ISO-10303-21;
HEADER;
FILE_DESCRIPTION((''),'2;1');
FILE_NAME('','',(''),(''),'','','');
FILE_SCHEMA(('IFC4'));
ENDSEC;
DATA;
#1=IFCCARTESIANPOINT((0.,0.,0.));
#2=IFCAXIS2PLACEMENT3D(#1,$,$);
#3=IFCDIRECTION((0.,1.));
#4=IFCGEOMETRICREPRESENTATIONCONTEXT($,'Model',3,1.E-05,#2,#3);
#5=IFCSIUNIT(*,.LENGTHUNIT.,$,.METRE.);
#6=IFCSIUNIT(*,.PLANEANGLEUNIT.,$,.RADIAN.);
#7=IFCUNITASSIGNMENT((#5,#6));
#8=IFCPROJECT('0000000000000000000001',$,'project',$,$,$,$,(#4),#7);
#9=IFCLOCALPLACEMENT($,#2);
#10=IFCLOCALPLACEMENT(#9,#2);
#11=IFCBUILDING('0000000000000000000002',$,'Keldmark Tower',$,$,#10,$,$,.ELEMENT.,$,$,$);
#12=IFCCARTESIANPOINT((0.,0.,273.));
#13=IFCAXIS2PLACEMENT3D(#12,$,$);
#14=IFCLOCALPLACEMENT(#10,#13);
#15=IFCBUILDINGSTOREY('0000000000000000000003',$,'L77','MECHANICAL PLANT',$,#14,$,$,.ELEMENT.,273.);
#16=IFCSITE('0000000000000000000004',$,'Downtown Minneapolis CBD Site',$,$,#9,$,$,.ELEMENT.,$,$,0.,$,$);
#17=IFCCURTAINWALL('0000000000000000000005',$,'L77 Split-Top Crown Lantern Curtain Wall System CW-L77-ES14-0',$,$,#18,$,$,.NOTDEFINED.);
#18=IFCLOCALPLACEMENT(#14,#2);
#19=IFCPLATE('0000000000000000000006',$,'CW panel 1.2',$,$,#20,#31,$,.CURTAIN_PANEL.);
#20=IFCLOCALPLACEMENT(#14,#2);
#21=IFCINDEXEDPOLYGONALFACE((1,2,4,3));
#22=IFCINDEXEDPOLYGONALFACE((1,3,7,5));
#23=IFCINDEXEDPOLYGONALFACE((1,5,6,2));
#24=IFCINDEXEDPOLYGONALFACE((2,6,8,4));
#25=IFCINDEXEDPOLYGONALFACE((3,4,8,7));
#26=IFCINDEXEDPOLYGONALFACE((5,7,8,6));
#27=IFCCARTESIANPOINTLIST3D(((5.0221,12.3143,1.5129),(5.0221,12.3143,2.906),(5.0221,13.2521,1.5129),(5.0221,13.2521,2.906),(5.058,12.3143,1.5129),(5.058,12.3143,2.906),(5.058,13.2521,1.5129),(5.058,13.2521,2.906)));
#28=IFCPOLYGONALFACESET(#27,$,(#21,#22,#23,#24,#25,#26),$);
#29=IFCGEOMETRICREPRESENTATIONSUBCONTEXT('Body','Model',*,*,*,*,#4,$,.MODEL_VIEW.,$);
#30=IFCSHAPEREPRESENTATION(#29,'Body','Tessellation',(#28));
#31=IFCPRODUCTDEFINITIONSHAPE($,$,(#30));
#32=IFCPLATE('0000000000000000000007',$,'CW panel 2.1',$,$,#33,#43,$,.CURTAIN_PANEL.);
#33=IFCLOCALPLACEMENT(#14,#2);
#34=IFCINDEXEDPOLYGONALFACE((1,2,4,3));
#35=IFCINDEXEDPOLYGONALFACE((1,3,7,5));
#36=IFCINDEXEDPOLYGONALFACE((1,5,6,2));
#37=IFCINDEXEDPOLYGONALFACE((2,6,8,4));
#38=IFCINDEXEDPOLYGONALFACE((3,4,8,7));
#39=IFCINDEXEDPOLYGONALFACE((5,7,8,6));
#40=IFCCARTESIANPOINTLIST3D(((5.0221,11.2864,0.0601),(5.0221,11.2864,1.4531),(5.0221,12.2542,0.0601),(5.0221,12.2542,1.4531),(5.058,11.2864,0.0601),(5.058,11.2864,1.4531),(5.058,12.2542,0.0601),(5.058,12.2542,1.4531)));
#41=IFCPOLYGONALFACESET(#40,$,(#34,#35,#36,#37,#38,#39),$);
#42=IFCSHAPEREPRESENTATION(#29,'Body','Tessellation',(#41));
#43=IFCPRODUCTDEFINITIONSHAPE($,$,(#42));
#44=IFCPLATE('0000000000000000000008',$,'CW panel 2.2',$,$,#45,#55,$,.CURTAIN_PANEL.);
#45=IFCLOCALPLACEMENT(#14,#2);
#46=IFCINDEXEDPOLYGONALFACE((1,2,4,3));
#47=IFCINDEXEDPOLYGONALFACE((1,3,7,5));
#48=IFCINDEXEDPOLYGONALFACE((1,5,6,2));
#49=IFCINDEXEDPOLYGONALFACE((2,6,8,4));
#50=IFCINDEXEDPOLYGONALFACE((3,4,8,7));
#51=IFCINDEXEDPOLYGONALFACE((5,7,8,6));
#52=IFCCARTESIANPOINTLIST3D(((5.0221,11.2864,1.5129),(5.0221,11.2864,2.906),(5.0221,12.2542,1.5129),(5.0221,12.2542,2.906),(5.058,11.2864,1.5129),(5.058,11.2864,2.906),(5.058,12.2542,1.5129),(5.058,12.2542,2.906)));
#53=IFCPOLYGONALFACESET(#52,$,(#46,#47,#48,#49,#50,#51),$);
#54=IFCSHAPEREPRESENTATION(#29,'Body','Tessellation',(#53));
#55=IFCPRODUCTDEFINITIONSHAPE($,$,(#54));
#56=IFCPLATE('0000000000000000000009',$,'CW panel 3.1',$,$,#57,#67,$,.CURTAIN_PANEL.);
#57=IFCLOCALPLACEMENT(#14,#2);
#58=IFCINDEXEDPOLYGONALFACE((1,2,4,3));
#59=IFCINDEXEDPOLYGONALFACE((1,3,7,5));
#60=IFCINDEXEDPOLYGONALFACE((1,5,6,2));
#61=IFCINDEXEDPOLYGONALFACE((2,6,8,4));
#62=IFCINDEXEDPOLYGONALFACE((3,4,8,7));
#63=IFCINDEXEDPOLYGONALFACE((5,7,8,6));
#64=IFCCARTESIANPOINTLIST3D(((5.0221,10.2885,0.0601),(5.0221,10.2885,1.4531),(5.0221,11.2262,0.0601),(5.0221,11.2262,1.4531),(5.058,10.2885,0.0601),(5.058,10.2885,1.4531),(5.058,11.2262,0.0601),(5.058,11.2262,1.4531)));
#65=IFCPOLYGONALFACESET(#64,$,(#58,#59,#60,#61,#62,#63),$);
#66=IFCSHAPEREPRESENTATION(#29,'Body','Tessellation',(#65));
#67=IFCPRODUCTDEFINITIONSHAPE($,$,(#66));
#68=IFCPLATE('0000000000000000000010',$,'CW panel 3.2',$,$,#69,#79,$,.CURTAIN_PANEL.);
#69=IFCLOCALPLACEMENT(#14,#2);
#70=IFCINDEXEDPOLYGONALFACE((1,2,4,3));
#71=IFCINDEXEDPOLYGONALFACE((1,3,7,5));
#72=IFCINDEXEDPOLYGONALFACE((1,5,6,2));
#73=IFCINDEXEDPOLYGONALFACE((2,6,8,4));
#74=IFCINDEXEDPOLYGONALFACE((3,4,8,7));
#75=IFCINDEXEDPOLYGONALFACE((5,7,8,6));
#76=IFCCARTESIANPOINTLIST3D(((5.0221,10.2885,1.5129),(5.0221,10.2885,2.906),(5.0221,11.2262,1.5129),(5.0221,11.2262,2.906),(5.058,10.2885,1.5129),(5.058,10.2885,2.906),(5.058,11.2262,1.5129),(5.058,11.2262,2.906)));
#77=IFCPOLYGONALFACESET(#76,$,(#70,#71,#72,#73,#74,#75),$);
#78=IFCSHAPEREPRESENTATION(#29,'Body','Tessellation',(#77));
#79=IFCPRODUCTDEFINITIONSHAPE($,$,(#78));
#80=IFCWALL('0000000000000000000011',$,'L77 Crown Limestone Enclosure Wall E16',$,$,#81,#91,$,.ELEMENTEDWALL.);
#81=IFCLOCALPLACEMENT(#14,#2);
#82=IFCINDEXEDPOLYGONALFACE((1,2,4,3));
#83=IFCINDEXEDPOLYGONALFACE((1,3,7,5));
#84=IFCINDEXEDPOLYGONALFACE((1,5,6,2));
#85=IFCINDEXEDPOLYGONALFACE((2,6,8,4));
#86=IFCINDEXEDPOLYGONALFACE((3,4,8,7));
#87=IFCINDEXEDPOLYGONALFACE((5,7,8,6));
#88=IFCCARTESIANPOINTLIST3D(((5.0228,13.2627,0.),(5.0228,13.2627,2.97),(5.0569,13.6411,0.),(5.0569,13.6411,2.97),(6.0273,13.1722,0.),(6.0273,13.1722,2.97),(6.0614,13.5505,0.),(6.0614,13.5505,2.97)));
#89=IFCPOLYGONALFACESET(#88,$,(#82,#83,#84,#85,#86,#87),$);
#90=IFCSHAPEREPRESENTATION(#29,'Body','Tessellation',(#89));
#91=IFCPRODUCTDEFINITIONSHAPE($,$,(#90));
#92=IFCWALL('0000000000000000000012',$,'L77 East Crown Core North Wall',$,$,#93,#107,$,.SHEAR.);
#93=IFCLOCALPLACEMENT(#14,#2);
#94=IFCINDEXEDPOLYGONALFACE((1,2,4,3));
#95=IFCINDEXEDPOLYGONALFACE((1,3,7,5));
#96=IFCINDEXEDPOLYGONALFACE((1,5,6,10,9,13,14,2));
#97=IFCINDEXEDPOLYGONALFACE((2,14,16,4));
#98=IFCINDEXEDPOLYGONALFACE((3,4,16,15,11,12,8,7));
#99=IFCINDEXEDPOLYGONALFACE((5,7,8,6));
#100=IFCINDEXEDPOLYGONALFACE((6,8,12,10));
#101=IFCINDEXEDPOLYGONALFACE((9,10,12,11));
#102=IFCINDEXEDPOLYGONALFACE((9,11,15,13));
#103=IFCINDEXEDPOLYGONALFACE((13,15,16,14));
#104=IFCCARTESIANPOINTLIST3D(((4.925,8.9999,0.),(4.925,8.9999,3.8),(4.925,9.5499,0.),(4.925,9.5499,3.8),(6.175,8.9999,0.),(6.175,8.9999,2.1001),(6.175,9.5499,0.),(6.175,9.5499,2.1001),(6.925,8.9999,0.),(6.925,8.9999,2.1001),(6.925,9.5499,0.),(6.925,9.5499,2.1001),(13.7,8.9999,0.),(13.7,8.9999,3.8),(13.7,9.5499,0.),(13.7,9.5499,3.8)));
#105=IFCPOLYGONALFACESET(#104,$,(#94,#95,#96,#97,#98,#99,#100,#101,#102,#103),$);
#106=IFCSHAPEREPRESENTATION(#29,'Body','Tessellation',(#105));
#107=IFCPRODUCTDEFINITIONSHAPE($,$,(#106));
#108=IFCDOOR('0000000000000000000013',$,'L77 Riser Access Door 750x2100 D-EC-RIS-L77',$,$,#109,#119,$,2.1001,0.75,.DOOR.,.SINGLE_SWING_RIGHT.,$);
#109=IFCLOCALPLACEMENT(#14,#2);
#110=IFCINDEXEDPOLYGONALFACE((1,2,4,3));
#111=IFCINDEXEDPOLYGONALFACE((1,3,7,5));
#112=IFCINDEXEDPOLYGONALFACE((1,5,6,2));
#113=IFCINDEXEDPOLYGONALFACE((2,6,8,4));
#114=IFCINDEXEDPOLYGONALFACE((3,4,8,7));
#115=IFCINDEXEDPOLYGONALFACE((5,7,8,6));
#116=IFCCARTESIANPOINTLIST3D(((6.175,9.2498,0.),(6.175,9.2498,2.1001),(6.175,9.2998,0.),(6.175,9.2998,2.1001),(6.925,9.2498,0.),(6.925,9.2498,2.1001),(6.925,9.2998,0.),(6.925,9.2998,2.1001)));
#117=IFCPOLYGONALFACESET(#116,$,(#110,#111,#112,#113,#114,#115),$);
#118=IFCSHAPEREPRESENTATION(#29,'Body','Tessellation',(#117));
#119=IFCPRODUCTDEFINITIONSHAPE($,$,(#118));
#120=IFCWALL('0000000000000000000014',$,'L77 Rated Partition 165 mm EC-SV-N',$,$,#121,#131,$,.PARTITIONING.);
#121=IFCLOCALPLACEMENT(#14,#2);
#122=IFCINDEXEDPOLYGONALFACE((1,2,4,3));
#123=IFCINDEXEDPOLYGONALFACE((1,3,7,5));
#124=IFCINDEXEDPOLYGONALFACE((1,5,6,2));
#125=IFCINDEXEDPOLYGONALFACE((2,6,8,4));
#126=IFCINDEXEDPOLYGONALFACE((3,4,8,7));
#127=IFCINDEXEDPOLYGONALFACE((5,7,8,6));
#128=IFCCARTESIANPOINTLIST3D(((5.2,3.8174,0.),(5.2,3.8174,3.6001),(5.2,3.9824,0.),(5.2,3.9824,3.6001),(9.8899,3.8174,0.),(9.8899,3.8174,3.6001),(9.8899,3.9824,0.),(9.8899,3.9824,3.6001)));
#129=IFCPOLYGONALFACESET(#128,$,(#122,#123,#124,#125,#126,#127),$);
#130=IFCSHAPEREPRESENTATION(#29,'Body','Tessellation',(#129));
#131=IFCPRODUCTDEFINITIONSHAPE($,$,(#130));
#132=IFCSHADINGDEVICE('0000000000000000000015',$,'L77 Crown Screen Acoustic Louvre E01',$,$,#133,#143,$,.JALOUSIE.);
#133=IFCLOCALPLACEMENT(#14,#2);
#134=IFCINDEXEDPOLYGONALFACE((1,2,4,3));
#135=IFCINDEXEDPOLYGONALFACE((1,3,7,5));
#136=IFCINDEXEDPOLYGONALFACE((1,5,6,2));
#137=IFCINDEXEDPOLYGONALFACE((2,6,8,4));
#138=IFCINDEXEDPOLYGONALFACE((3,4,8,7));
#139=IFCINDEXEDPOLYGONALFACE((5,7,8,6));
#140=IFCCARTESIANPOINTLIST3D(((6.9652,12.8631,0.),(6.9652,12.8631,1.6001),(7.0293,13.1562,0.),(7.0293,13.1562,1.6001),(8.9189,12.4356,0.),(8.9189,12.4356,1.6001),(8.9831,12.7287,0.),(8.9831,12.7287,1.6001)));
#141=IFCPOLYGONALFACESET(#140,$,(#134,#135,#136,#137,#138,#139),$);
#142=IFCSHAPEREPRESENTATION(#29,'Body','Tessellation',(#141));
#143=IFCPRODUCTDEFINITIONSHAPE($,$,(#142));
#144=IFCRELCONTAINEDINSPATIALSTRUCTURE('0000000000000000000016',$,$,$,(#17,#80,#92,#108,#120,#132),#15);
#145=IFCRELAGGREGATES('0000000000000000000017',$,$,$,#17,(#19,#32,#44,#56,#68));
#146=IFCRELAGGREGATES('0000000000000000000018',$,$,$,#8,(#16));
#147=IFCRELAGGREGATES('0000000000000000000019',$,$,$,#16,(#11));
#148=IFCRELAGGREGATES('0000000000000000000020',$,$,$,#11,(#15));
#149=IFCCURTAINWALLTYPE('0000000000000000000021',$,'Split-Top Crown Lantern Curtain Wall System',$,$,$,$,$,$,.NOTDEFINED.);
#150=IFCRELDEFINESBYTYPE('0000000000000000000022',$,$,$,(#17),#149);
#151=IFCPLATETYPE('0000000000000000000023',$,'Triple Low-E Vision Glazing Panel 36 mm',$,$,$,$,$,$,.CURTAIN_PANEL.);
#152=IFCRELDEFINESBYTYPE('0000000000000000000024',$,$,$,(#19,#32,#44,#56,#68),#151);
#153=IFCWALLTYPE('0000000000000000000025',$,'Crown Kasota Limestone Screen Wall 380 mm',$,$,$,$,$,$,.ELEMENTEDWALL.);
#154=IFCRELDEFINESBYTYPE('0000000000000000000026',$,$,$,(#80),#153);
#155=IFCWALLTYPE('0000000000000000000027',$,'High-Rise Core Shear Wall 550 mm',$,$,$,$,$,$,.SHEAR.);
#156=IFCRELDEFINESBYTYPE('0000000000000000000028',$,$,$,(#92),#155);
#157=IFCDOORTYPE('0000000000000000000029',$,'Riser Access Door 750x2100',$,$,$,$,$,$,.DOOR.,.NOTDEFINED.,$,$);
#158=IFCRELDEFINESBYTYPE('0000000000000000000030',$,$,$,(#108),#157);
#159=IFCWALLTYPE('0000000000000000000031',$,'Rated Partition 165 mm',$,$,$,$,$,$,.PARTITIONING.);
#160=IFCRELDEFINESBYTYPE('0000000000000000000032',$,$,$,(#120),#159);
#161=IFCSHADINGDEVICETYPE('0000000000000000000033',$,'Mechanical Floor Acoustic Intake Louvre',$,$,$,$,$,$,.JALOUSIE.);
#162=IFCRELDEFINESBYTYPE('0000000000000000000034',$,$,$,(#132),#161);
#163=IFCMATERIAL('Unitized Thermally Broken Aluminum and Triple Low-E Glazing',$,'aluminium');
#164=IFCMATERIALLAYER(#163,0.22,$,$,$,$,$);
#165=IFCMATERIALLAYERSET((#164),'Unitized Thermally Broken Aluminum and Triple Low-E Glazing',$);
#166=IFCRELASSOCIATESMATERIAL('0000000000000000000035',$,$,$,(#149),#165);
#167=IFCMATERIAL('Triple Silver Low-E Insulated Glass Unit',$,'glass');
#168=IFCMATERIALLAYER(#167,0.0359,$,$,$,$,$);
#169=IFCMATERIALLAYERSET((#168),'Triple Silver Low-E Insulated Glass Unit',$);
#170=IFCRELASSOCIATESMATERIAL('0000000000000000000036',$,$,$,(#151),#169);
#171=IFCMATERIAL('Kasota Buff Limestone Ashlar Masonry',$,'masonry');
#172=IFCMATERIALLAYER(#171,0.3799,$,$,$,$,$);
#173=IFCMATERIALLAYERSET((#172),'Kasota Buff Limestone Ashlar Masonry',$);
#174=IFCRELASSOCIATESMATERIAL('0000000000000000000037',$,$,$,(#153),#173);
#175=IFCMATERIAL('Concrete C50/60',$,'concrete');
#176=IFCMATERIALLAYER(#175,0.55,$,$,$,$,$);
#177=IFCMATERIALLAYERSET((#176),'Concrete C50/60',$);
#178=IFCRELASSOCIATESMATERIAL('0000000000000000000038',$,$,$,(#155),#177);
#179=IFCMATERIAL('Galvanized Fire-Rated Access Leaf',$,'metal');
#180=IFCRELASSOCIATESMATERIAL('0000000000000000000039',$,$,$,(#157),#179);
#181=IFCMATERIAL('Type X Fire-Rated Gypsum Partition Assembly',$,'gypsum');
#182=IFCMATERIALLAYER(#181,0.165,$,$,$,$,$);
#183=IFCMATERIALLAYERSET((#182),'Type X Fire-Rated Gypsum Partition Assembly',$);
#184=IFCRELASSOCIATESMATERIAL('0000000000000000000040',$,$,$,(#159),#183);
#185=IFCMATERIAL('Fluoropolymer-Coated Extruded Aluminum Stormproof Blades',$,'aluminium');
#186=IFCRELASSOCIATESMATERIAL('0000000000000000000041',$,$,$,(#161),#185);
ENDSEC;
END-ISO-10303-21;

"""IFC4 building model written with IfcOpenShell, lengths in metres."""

from ifc_helpers import new_model, si_unit, direction, frame, frame_2d, origin, origin_2d, place, context, subcontext, project, spatial, rectangle, extrude, material, layer, layer_set, type_object, element, fill, aggregate, save


model = new_model("IFC4")

# Units and contexts
model_context = context("Model", 3, precision=1e-05, world=origin(), true_north=direction((0.0, 1.0)))
body_context = subcontext(model_context, "Body", "Model", "MODEL_VIEW")
ifc_project = project(units=[si_unit("LENGTHUNIT", "METRE"), si_unit("PLANEANGLEUNIT", "RADIAN")], contexts=[model_context])

# Site, building, storey
site_placement = place(None, origin())
site = spatial("IfcSite", under=ifc_project, at=site_placement, Name="Downtown Minneapolis CBD Site", CompositionType="ELEMENT", RefElevation=0.0)
building_placement = place(site_placement, origin())
building = spatial("IfcBuilding", under=site, at=building_placement, Name="Keldmark Tower", CompositionType="ELEMENT")
storey_placement = place(building_placement, frame((0.0, 0.0, 273.0)))
storey = spatial("IfcBuildingStorey", under=building, at=storey_placement, Name="L77", Description="MECHANICAL PLANT", CompositionType="ELEMENT", Elevation=273.0)

# Curtain wall
ifc_material_1 = material(Name="Unitized Thermally Broken Aluminum and Triple Low-E Glazing", Category="aluminium")
ifc_layer_1 = layer(ifc_material_1, 0.22)
ifc_layer_set_1 = layer_set([ifc_layer_1], Name="Unitized Thermally Broken Aluminum and Triple Low-E Glazing")
curtain_wall_type = type_object("IfcCurtainWallType", Name="Split-Top Crown Lantern Curtain Wall System", PredefinedType="NOTDEFINED", material=ifc_layer_set_1)
curtain_wall_placement = place(storey_placement, origin())
curtain_wall = element("IfcCurtainWall", 1, at=curtain_wall_placement, inside=storey, type_object=curtain_wall_type, Name="L77 Split-Top Crown Lantern Curtain Wall System CW-L77-ES14-0", PredefinedType="NOTDEFINED")

# Plates
ifc_material_2 = material(Name="Triple Silver Low-E Insulated Glass Unit", Category="glass")
ifc_layer_2 = layer(ifc_material_2, 0.0359)
ifc_layer_set_2 = layer_set([ifc_layer_2], Name="Triple Silver Low-E Insulated Glass Unit")
plate_type_1 = type_object("IfcPlateType", Name="Triple Low-E Vision Glazing Panel 36 mm", PredefinedType="CURTAIN_PANEL", material=ifc_layer_set_2)
plate_1_placement = place(storey_placement, frame((5.04, 12.7832, 1.5129), z_axis=(0.0, 0.0, 1.0), x_axis=(0.0, -1.0, 0.0)))
plate_1 = element("IfcPlate", 2, at=plate_1_placement, type_object=plate_type_1, Name="CW panel 1.2", PredefinedType="CURTAIN_PANEL", context=body_context, shape_type="SweptSolid", body=[
    extrude(rectangle(XDim=0.9377, YDim=0.0359, at=origin_2d()), origin(), (0.0, 0.0, 1.0), 1.3931),
])
plate_2_placement = place(storey_placement, frame((5.04, 11.7703, 0.0601), z_axis=(0.0, 0.0, 1.0), x_axis=(0.0, -1.0, 0.0)))
plate_2 = element("IfcPlate", 3, at=plate_2_placement, type_object=plate_type_1, Name="CW panel 2.1", PredefinedType="CURTAIN_PANEL", context=body_context, shape_type="SweptSolid", body=[
    extrude(rectangle(XDim=0.9678, YDim=0.0359, at=origin_2d()), origin(), (0.0, 0.0, 1.0), 1.3931),
])
plate_3_placement = place(storey_placement, frame((5.04, 11.7703, 1.5129), z_axis=(0.0, 0.0, 1.0), x_axis=(0.0, -1.0, 0.0)))
plate_3 = element("IfcPlate", 4, at=plate_3_placement, type_object=plate_type_1, Name="CW panel 2.2", PredefinedType="CURTAIN_PANEL", context=body_context, shape_type="SweptSolid", body=[
    extrude(rectangle(XDim=0.9678, YDim=0.0359, at=origin_2d()), origin(), (0.0, 0.0, 1.0), 1.3931),
])
plate_4_placement = place(storey_placement, frame((5.04, 10.7573, 0.0601), z_axis=(0.0, 0.0, 1.0), x_axis=(0.0, -1.0, 0.0)))
plate_4 = element("IfcPlate", 5, at=plate_4_placement, type_object=plate_type_1, Name="CW panel 3.1", PredefinedType="CURTAIN_PANEL", context=body_context, shape_type="SweptSolid", body=[
    extrude(rectangle(XDim=0.9377, YDim=0.0359, at=origin_2d()), origin(), (0.0, 0.0, 1.0), 1.3931),
])
plate_5_placement = place(storey_placement, frame((5.04, 10.7573, 1.5129), z_axis=(0.0, 0.0, 1.0), x_axis=(0.0, -1.0, 0.0)))
plate_5 = element("IfcPlate", 6, at=plate_5_placement, type_object=plate_type_1, Name="CW panel 3.2", PredefinedType="CURTAIN_PANEL", context=body_context, shape_type="SweptSolid", body=[
    extrude(rectangle(XDim=0.9377, YDim=0.0359, at=origin_2d()), origin(), (0.0, 0.0, 1.0), 1.3931),
])
aggregate(curtain_wall, [plate_1, plate_2, plate_3, plate_4, plate_5])

# Wall
ifc_material_3 = material(Name="Kasota Buff Limestone Ashlar Masonry", Category="masonry")
ifc_layer_3 = layer(ifc_material_3, 0.3799)
ifc_layer_set_3 = layer_set([ifc_layer_3], Name="Kasota Buff Limestone Ashlar Masonry")
wall_type_1 = type_object("IfcWallType", Name="Crown Kasota Limestone Screen Wall 380 mm", PredefinedType="ELEMENTEDWALL", material=ifc_layer_set_3)
wall_1_placement = place(storey_placement, frame((6.0444, 13.3613, 0.0), z_axis=(0.0, 0.0, 1.0), x_axis=(-0.995958, 0.089815, 0.0)))
element("IfcWall", 7, at=wall_1_placement, inside=storey, type_object=wall_type_1, Name="L77 Crown Limestone Enclosure Wall E16", PredefinedType="ELEMENTEDWALL", context=body_context, shape_type="SweptSolid", body=[
    extrude(rectangle(XDim=1.0085, YDim=0.3799, at=frame_2d((0.5044, 0.0))), origin(), (0.0, 0.0, 1.0), 2.97),
])

# Wall, opening, door
ifc_material_4 = material(Name="Concrete C50/60", Category="concrete")
ifc_layer_4 = layer(ifc_material_4, 0.55)
ifc_layer_set_4 = layer_set([ifc_layer_4], Name="Concrete C50/60")
wall_type_2 = type_object("IfcWallType", Name="High-Rise Core Shear Wall 550 mm", PredefinedType="SHEAR", material=ifc_layer_set_4)
wall_2_placement = place(storey_placement, frame((4.925, 9.2749, 0.0), z_axis=(0.0, 0.0, 1.0), x_axis=(1.0, 0.0, 0.0)))
wall_2 = element("IfcWall", 8, at=wall_2_placement, inside=storey, type_object=wall_type_2, Name="L77 East Crown Core North Wall", PredefinedType="SHEAR", context=body_context, shape_type="SweptSolid", body=[
    extrude(rectangle(XDim=8.7749, YDim=0.55, at=frame_2d((4.3875, 0.0))), origin(), (0.0, 0.0, 1.0), 3.8),
])
opening_placement = place(wall_2_placement, frame((1.25, 0.0, 0.0)))
opening = element("IfcOpeningElement", 9, at=opening_placement, cuts=wall_2, PredefinedType="OPENING", context=body_context, shape_type="SweptSolid", body=[
    extrude(rectangle(XDim=0.75, YDim=2.1001, at=frame_2d((0.375, 1.05))), frame((0.0, 0.2849, 0.0), z_axis=(0.0, -1.0, 0.0), x_axis=(1.0, 0.0, 0.0)), (0.0, 0.0, 1.0), 0.5701),
])
ifc_material_5 = material(Name="Galvanized Fire-Rated Access Leaf", Category="metal")
door_type = type_object("IfcDoorType", Name="Riser Access Door 750x2100", OperationType="NOTDEFINED", PredefinedType="DOOR", material=ifc_material_5)
door_placement = place(opening_placement, origin())
door = element("IfcDoor", 10, at=door_placement, inside=storey, type_object=door_type, Name="L77 Riser Access Door 750x2100 D-EC-RIS-L77", OperationType="SINGLE_SWING_RIGHT", OverallHeight=2.1001, OverallWidth=0.75, PredefinedType="DOOR", context=body_context, shape_type="SweptSolid", body=[
    extrude(rectangle(XDim=0.75, YDim=2.1001, at=frame_2d((0.375, 1.05))), frame((0.0, 0.0249, 0.0), z_axis=(0.0, -1.0, 0.0), x_axis=(1.0, 0.0, 0.0)), (0.0, 0.0, 1.0), 0.05),
])
fill(opening, door)

# Wall
ifc_material_6 = material(Name="Type X Fire-Rated Gypsum Partition Assembly", Category="gypsum")
ifc_layer_5 = layer(ifc_material_6, 0.165)
ifc_layer_set_5 = layer_set([ifc_layer_5], Name="Type X Fire-Rated Gypsum Partition Assembly")
wall_type_3 = type_object("IfcWallType", Name="Rated Partition 165 mm", PredefinedType="PARTITIONING", material=ifc_layer_set_5)
wall_3_placement = place(storey_placement, frame((5.2, 3.8999, 0.0), z_axis=(0.0, 0.0, 1.0), x_axis=(1.0, 0.0, 0.0)))
element("IfcWall", 11, at=wall_3_placement, inside=storey, type_object=wall_type_3, Name="L77 Rated Partition 165 mm EC-SV-N", PredefinedType="PARTITIONING", context=body_context, shape_type="SweptSolid", body=[
    extrude(rectangle(XDim=4.6899, YDim=0.165, at=frame_2d((2.345, 0.0))), origin(), (0.0, 0.0, 1.0), 3.6001),
])

# Shading device
ifc_material_7 = material(Name="Fluoropolymer-Coated Extruded Aluminum Stormproof Blades", Category="aluminium")
shading_device_type = type_object("IfcShadingDeviceType", Name="Mechanical Floor Acoustic Intake Louvre", PredefinedType="JALOUSIE", material=ifc_material_7)
shading_device_placement = place(storey_placement, frame((7.9741, 12.7959, 0.0), z_axis=(0.0, 0.0, 1.0), x_axis=(-0.976889, 0.213747, 0.0)))
element("IfcShadingDevice", 12, at=shading_device_placement, inside=storey, type_object=shading_device_type, Name="L77 Crown Screen Acoustic Louvre E01", PredefinedType="JALOUSIE", context=body_context, shape_type="SweptSolid", body=[
    extrude(rectangle(XDim=2.0, YDim=0.3, at=origin_2d()), origin(), (0.0, 0.0, 1.0), 1.6001),
])

save(model, "model.ifc")
